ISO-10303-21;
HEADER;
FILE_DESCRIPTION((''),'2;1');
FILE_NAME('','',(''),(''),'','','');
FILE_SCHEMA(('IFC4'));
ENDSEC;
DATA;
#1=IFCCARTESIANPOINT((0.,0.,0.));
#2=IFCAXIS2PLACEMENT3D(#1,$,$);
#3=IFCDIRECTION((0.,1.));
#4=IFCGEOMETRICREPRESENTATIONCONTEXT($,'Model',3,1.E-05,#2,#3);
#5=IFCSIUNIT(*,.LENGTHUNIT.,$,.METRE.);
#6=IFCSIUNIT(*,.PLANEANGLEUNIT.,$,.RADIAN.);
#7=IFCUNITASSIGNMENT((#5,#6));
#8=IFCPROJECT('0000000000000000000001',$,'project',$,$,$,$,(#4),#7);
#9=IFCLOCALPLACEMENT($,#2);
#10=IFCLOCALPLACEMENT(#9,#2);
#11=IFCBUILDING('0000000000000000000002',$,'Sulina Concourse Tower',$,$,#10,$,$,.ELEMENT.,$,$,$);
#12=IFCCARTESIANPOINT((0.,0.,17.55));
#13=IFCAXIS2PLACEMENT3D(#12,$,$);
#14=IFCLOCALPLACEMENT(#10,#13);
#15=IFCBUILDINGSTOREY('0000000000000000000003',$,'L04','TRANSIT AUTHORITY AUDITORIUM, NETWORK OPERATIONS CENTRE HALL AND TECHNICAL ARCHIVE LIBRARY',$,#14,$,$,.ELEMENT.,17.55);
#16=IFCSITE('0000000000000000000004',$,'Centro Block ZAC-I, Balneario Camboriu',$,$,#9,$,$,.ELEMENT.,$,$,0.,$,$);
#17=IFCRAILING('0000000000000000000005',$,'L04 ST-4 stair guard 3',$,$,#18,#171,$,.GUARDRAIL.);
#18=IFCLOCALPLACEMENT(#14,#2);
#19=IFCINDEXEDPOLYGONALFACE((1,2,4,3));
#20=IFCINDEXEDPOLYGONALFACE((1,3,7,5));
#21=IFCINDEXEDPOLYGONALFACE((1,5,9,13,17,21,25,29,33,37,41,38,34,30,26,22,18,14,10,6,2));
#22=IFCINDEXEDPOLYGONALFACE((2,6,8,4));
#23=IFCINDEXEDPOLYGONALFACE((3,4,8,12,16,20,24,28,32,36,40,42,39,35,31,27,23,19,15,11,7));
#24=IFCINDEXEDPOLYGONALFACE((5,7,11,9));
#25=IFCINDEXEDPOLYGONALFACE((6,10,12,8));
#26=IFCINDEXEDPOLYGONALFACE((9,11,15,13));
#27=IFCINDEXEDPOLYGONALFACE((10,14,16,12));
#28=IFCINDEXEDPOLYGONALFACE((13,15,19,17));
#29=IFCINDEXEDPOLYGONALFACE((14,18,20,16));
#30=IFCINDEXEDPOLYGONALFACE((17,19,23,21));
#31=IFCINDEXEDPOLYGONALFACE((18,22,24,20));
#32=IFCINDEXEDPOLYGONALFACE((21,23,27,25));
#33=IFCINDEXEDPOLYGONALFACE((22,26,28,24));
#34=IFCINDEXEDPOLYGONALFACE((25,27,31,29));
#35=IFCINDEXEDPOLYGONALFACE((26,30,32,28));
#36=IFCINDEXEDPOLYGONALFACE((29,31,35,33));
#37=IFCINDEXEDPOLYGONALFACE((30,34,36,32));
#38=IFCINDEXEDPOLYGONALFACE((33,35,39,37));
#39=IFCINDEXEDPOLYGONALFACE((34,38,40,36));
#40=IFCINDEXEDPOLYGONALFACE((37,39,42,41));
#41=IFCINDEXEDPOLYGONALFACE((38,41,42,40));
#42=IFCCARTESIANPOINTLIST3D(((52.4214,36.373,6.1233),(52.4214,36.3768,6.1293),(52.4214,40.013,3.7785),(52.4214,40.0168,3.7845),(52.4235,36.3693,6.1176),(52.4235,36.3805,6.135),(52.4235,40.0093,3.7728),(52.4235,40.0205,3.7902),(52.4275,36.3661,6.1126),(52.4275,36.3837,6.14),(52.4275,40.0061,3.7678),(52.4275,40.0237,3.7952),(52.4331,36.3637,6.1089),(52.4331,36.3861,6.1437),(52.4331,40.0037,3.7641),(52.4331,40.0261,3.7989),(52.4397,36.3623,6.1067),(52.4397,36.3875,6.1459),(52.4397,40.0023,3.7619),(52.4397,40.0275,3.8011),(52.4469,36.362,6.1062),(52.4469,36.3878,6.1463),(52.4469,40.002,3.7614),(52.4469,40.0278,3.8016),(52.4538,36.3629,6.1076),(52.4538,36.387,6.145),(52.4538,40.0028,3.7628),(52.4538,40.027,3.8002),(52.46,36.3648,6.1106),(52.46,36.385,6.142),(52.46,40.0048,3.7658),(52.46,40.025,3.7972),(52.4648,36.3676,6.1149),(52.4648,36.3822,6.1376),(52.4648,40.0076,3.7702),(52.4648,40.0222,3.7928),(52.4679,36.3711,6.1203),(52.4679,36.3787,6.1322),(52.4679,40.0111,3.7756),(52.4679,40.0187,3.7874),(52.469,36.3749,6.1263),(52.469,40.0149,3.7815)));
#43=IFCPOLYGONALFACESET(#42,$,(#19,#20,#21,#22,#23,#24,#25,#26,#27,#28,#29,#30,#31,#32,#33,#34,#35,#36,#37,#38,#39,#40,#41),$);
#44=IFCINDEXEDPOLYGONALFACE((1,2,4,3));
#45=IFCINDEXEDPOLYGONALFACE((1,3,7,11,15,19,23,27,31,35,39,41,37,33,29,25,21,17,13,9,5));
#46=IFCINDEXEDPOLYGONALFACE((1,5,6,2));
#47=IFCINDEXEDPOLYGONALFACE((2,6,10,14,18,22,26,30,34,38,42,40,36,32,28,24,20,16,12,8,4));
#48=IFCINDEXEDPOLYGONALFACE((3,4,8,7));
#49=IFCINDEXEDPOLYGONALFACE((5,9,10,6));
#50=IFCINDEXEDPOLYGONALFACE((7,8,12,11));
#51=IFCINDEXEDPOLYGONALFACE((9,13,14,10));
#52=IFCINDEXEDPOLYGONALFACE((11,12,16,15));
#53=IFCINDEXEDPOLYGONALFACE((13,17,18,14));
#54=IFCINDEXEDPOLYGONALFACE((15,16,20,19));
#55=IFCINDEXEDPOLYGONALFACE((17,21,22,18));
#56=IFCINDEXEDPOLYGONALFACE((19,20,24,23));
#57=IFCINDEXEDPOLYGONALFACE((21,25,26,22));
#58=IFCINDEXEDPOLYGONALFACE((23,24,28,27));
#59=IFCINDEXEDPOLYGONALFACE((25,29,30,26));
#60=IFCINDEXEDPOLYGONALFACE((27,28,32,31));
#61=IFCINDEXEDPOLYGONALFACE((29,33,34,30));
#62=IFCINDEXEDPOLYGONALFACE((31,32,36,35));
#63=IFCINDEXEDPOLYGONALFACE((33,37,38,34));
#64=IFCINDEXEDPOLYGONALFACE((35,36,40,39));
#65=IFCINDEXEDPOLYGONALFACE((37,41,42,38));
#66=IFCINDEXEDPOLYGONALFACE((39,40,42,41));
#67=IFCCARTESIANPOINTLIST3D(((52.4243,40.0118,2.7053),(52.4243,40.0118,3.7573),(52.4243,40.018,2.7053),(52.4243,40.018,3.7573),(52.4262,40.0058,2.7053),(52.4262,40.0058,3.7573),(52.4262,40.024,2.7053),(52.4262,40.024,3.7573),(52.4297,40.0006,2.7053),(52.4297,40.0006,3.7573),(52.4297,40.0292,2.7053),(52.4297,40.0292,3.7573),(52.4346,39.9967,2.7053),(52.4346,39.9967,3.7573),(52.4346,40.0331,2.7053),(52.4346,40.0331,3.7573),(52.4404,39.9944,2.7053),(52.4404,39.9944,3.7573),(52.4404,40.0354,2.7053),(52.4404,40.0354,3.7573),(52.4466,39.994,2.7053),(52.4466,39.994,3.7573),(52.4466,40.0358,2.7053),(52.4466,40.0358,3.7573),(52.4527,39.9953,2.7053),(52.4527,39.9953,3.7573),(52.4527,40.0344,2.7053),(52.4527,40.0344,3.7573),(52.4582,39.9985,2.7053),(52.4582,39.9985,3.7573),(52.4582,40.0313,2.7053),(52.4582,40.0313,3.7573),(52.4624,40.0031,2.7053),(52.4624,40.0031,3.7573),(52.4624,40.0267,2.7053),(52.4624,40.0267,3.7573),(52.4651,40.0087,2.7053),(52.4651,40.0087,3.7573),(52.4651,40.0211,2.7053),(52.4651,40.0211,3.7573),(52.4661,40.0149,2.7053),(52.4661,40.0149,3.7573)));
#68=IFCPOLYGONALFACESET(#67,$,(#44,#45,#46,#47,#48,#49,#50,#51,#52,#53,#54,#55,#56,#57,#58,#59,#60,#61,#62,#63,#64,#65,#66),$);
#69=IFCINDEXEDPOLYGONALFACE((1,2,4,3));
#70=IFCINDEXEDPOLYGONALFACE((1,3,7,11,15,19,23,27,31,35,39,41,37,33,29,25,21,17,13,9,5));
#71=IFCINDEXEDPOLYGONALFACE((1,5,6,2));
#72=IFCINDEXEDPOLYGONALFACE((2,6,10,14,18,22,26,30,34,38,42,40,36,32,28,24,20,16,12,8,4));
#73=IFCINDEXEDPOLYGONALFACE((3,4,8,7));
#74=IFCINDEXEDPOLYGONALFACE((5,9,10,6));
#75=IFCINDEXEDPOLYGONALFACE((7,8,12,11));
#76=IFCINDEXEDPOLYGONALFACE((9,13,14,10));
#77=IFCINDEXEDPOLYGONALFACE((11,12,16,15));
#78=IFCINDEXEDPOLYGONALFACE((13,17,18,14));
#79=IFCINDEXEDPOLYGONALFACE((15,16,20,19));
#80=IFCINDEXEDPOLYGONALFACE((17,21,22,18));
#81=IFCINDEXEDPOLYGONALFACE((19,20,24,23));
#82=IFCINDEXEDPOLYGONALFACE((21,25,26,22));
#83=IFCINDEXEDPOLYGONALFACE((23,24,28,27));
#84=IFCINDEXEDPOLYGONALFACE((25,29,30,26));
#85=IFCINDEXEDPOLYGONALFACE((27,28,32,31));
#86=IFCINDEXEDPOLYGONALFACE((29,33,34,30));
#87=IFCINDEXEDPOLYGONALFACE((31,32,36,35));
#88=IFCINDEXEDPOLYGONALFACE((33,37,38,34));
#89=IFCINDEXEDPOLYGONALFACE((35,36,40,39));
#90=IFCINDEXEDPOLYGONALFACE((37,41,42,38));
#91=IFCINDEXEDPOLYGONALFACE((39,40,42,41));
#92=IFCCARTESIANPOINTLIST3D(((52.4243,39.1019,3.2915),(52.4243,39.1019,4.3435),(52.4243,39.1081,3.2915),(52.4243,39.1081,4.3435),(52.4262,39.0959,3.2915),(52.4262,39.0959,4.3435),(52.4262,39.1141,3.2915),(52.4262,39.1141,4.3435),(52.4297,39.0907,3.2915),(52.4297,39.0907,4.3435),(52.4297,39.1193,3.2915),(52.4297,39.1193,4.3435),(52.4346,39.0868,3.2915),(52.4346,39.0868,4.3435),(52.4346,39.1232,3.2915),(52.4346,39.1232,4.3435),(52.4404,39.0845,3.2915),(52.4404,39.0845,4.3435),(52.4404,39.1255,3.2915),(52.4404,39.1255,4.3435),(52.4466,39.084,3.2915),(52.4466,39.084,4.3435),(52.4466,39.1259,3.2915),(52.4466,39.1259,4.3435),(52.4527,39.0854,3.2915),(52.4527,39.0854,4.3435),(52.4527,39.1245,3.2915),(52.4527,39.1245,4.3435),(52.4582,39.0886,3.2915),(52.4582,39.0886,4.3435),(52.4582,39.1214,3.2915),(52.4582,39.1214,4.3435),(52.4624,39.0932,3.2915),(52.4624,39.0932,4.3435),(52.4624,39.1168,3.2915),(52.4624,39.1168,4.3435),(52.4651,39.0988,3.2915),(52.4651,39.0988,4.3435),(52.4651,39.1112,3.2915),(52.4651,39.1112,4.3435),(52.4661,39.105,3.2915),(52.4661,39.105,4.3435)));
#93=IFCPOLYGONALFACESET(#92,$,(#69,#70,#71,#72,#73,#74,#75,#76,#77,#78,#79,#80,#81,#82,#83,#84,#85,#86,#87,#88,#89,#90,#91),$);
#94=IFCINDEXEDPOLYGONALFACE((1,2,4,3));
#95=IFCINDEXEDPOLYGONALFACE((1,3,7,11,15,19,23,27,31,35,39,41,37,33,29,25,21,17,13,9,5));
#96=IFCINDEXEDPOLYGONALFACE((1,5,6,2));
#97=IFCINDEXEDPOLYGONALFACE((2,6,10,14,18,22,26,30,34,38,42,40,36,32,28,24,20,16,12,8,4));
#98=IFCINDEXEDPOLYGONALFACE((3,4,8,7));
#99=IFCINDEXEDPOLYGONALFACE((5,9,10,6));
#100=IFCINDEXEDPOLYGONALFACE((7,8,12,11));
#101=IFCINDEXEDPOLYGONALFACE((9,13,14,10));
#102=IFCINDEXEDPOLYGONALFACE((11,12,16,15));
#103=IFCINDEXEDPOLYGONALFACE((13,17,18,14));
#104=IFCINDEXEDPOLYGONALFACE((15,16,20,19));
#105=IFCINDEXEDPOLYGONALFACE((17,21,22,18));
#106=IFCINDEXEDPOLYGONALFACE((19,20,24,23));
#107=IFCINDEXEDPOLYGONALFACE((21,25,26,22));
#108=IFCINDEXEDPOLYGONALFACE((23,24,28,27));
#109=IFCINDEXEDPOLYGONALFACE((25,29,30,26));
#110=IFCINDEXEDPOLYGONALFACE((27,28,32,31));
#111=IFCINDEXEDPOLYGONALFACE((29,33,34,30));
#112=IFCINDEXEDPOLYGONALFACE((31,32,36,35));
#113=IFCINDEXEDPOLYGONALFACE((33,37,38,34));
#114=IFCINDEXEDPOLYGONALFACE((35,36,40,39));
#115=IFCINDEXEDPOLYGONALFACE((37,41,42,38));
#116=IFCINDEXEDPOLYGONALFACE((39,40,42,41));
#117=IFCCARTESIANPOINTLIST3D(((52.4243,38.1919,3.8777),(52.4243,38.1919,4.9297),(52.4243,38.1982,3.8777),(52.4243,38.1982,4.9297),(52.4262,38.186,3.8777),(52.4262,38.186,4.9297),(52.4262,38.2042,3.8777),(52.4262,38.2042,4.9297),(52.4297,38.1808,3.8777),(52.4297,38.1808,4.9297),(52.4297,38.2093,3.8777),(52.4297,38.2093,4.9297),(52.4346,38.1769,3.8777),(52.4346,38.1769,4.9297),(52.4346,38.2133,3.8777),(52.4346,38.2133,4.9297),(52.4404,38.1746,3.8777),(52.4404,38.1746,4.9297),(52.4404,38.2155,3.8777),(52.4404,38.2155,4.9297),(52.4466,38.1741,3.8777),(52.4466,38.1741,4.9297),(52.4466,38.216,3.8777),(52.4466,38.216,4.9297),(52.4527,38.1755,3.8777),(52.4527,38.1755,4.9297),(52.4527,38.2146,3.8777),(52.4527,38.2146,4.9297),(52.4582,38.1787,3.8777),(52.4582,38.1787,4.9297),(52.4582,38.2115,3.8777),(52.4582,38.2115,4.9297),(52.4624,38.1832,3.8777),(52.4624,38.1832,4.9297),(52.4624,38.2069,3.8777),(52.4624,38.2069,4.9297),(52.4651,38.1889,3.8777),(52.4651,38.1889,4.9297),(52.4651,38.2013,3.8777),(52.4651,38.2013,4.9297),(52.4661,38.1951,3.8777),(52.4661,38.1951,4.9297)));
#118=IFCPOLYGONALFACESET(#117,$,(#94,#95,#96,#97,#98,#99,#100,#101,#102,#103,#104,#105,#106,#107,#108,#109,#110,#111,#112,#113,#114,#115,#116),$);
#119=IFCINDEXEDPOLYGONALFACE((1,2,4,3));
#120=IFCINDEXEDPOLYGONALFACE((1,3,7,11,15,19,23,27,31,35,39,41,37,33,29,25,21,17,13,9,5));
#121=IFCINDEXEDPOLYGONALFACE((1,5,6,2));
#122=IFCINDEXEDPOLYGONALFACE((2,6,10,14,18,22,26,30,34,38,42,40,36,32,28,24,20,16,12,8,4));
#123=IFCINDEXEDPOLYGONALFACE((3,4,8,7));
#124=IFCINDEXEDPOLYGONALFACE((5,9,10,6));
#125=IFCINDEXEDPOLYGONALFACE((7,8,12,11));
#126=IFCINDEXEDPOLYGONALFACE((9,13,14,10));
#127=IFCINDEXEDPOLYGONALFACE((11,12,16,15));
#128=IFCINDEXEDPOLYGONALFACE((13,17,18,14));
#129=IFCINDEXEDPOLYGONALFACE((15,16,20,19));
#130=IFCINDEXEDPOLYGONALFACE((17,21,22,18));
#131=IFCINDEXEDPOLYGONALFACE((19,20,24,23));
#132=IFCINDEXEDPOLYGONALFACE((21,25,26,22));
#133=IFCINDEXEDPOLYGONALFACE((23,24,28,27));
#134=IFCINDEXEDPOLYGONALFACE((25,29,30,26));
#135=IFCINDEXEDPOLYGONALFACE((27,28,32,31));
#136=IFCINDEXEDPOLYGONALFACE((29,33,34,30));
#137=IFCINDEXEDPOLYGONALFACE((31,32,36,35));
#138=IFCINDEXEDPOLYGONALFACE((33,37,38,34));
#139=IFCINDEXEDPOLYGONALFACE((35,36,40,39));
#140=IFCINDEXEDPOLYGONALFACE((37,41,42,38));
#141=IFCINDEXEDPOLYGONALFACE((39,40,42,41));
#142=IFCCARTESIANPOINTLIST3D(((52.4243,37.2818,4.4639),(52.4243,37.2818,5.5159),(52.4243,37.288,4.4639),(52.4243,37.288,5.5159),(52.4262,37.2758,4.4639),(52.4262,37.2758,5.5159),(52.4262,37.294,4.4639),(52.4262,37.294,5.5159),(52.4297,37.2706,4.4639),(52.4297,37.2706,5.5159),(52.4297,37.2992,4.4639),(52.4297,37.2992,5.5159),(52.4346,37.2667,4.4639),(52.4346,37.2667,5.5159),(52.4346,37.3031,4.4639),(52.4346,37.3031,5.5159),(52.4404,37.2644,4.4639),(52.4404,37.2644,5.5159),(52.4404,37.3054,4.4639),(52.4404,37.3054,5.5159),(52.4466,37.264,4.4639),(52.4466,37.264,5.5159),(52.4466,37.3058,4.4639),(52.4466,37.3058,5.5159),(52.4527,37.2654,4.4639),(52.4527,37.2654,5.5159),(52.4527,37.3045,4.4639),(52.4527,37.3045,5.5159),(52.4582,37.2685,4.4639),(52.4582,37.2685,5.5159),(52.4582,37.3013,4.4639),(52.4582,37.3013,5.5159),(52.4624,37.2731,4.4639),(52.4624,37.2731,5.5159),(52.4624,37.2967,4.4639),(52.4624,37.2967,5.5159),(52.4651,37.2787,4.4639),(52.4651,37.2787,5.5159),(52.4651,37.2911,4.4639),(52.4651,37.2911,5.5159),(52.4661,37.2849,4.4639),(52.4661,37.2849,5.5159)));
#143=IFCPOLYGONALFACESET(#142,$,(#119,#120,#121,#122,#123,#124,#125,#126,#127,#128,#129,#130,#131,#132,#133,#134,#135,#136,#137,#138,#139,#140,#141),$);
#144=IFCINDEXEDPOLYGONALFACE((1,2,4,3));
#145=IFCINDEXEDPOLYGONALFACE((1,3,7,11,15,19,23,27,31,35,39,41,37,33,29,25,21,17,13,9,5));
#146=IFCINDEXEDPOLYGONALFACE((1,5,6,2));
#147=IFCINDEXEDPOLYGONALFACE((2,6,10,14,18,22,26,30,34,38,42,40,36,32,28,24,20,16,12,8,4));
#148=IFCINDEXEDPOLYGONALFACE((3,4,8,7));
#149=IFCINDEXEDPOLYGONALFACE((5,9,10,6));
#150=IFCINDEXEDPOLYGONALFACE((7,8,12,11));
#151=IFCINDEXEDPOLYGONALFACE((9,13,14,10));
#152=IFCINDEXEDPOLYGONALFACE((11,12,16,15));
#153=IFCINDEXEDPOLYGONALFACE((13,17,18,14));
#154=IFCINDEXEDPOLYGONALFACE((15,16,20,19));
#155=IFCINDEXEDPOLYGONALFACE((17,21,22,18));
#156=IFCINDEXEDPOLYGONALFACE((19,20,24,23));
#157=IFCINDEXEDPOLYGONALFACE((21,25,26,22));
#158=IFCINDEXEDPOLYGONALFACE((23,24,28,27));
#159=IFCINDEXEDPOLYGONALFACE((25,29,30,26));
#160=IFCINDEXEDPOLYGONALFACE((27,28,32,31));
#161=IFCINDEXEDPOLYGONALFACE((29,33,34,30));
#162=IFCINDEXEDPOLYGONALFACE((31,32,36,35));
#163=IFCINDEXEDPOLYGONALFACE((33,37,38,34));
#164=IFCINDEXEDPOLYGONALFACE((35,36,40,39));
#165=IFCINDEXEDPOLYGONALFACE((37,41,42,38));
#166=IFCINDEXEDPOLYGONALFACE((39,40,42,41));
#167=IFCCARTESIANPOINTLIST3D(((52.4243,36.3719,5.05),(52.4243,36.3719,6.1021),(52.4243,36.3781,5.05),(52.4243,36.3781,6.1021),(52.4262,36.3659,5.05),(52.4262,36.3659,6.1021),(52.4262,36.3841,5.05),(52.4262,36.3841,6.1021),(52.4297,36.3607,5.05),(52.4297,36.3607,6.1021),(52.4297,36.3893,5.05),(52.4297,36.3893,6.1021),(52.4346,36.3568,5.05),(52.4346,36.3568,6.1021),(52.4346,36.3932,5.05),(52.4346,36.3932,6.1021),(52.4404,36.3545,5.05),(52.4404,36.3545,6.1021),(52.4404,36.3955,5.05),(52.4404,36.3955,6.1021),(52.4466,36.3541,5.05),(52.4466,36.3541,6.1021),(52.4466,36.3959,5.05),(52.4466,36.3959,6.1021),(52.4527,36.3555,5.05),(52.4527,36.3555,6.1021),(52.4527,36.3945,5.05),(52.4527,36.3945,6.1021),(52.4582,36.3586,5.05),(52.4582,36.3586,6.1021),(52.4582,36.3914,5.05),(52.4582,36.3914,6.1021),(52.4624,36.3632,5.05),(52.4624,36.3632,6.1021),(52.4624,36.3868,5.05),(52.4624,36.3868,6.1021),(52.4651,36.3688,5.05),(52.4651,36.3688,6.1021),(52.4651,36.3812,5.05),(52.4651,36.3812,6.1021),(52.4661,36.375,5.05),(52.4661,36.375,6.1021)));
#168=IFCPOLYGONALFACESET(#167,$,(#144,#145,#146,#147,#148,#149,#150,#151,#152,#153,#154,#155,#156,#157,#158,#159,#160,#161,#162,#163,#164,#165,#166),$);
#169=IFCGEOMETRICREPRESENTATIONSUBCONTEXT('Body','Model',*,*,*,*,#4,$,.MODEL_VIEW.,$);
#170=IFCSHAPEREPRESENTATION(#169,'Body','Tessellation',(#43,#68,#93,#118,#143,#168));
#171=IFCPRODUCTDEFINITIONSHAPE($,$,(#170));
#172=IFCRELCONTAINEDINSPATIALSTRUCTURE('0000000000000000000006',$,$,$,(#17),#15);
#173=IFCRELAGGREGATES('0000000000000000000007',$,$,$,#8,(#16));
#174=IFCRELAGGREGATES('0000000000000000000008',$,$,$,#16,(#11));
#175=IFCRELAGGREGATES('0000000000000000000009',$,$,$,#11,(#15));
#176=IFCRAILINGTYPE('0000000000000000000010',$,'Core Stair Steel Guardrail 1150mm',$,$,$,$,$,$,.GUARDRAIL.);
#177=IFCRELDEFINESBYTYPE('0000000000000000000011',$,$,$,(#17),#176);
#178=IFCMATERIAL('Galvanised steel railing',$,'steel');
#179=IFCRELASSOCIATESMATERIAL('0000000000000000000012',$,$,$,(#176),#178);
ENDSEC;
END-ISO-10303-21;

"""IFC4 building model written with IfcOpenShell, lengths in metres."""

from ifc_helpers import new_model, si_unit, direction, frame, origin, origin_2d, place, context, subcontext, project, spatial, circle, extrude, material, type_object, element, save


model = new_model("IFC4")

# Units and contexts
model_context = context("Model", 3, precision=1e-05, world=origin(), true_north=direction((0.0, 1.0)))
body_context = subcontext(model_context, "Body", "Model", "MODEL_VIEW")
ifc_project = project(units=[si_unit("LENGTHUNIT", "METRE"), si_unit("PLANEANGLEUNIT", "RADIAN")], contexts=[model_context])

# Site, building, storey
site_placement = place(None, origin())
site = spatial("IfcSite", under=ifc_project, at=site_placement, Name="Centro Block ZAC-I, Balneario Camboriu", CompositionType="ELEMENT", RefElevation=0.0)
building_placement = place(site_placement, origin())
building = spatial("IfcBuilding", under=site, at=building_placement, Name="Sulina Concourse Tower", CompositionType="ELEMENT")
storey_placement = place(building_placement, frame((0.0, 0.0, 17.55)))
storey = spatial("IfcBuildingStorey", under=building, at=storey_placement, Name="L04", Description="TRANSIT AUTHORITY AUDITORIUM, NETWORK OPERATIONS CENTRE HALL AND TECHNICAL ARCHIVE LIBRARY", CompositionType="ELEMENT", Elevation=17.55)

# Railing
ifc_material_1 = material(Name="Galvanised steel railing", Category="steel")
railing_type_1 = type_object("IfcRailingType", Name="Core Stair Steel Guardrail 1150mm", PredefinedType="GUARDRAIL", material=ifc_material_1)
railing_1_placement = place(storey_placement, frame((52.4451, 40.0149, 2.7053)))
element("IfcRailing", 1, at=railing_1_placement, inside=storey, type_object=railing_type_1, Name="L04 ST-4 stair guard 3", PredefinedType="GUARDRAIL", context=body_context, shape_type="SweptSolid", body=[
    extrude(circle(Radius=0.0239, at=origin_2d()), frame((0.0, 0.0, 1.0762), z_axis=(0.0, -0.840674, 0.541541), x_axis=(1.0, 0.0, 0.0)), (0.0, 0.0, 1.0), 4.3298),
    extrude(circle(Radius=0.021, at=origin_2d()), origin(), (0.0, 0.0, 1.0), 1.052),
    extrude(circle(Radius=0.021, at=origin_2d()), frame((0.0, -0.9099, 0.5862)), (0.0, 0.0, 1.0), 1.052),
    extrude(circle(Radius=0.021, at=origin_2d()), frame((0.0, -1.8198, 1.1724)), (0.0, 0.0, 1.0), 1.052),
    extrude(circle(Radius=0.021, at=origin_2d()), frame((0.0, -2.73, 1.7585)), (0.0, 0.0, 1.0), 1.052),
    extrude(circle(Radius=0.021, at=origin_2d()), frame((0.0, -3.6399, 2.3447)), (0.0, 0.0, 1.0), 1.052),
])

save(model, "model.ifc")
